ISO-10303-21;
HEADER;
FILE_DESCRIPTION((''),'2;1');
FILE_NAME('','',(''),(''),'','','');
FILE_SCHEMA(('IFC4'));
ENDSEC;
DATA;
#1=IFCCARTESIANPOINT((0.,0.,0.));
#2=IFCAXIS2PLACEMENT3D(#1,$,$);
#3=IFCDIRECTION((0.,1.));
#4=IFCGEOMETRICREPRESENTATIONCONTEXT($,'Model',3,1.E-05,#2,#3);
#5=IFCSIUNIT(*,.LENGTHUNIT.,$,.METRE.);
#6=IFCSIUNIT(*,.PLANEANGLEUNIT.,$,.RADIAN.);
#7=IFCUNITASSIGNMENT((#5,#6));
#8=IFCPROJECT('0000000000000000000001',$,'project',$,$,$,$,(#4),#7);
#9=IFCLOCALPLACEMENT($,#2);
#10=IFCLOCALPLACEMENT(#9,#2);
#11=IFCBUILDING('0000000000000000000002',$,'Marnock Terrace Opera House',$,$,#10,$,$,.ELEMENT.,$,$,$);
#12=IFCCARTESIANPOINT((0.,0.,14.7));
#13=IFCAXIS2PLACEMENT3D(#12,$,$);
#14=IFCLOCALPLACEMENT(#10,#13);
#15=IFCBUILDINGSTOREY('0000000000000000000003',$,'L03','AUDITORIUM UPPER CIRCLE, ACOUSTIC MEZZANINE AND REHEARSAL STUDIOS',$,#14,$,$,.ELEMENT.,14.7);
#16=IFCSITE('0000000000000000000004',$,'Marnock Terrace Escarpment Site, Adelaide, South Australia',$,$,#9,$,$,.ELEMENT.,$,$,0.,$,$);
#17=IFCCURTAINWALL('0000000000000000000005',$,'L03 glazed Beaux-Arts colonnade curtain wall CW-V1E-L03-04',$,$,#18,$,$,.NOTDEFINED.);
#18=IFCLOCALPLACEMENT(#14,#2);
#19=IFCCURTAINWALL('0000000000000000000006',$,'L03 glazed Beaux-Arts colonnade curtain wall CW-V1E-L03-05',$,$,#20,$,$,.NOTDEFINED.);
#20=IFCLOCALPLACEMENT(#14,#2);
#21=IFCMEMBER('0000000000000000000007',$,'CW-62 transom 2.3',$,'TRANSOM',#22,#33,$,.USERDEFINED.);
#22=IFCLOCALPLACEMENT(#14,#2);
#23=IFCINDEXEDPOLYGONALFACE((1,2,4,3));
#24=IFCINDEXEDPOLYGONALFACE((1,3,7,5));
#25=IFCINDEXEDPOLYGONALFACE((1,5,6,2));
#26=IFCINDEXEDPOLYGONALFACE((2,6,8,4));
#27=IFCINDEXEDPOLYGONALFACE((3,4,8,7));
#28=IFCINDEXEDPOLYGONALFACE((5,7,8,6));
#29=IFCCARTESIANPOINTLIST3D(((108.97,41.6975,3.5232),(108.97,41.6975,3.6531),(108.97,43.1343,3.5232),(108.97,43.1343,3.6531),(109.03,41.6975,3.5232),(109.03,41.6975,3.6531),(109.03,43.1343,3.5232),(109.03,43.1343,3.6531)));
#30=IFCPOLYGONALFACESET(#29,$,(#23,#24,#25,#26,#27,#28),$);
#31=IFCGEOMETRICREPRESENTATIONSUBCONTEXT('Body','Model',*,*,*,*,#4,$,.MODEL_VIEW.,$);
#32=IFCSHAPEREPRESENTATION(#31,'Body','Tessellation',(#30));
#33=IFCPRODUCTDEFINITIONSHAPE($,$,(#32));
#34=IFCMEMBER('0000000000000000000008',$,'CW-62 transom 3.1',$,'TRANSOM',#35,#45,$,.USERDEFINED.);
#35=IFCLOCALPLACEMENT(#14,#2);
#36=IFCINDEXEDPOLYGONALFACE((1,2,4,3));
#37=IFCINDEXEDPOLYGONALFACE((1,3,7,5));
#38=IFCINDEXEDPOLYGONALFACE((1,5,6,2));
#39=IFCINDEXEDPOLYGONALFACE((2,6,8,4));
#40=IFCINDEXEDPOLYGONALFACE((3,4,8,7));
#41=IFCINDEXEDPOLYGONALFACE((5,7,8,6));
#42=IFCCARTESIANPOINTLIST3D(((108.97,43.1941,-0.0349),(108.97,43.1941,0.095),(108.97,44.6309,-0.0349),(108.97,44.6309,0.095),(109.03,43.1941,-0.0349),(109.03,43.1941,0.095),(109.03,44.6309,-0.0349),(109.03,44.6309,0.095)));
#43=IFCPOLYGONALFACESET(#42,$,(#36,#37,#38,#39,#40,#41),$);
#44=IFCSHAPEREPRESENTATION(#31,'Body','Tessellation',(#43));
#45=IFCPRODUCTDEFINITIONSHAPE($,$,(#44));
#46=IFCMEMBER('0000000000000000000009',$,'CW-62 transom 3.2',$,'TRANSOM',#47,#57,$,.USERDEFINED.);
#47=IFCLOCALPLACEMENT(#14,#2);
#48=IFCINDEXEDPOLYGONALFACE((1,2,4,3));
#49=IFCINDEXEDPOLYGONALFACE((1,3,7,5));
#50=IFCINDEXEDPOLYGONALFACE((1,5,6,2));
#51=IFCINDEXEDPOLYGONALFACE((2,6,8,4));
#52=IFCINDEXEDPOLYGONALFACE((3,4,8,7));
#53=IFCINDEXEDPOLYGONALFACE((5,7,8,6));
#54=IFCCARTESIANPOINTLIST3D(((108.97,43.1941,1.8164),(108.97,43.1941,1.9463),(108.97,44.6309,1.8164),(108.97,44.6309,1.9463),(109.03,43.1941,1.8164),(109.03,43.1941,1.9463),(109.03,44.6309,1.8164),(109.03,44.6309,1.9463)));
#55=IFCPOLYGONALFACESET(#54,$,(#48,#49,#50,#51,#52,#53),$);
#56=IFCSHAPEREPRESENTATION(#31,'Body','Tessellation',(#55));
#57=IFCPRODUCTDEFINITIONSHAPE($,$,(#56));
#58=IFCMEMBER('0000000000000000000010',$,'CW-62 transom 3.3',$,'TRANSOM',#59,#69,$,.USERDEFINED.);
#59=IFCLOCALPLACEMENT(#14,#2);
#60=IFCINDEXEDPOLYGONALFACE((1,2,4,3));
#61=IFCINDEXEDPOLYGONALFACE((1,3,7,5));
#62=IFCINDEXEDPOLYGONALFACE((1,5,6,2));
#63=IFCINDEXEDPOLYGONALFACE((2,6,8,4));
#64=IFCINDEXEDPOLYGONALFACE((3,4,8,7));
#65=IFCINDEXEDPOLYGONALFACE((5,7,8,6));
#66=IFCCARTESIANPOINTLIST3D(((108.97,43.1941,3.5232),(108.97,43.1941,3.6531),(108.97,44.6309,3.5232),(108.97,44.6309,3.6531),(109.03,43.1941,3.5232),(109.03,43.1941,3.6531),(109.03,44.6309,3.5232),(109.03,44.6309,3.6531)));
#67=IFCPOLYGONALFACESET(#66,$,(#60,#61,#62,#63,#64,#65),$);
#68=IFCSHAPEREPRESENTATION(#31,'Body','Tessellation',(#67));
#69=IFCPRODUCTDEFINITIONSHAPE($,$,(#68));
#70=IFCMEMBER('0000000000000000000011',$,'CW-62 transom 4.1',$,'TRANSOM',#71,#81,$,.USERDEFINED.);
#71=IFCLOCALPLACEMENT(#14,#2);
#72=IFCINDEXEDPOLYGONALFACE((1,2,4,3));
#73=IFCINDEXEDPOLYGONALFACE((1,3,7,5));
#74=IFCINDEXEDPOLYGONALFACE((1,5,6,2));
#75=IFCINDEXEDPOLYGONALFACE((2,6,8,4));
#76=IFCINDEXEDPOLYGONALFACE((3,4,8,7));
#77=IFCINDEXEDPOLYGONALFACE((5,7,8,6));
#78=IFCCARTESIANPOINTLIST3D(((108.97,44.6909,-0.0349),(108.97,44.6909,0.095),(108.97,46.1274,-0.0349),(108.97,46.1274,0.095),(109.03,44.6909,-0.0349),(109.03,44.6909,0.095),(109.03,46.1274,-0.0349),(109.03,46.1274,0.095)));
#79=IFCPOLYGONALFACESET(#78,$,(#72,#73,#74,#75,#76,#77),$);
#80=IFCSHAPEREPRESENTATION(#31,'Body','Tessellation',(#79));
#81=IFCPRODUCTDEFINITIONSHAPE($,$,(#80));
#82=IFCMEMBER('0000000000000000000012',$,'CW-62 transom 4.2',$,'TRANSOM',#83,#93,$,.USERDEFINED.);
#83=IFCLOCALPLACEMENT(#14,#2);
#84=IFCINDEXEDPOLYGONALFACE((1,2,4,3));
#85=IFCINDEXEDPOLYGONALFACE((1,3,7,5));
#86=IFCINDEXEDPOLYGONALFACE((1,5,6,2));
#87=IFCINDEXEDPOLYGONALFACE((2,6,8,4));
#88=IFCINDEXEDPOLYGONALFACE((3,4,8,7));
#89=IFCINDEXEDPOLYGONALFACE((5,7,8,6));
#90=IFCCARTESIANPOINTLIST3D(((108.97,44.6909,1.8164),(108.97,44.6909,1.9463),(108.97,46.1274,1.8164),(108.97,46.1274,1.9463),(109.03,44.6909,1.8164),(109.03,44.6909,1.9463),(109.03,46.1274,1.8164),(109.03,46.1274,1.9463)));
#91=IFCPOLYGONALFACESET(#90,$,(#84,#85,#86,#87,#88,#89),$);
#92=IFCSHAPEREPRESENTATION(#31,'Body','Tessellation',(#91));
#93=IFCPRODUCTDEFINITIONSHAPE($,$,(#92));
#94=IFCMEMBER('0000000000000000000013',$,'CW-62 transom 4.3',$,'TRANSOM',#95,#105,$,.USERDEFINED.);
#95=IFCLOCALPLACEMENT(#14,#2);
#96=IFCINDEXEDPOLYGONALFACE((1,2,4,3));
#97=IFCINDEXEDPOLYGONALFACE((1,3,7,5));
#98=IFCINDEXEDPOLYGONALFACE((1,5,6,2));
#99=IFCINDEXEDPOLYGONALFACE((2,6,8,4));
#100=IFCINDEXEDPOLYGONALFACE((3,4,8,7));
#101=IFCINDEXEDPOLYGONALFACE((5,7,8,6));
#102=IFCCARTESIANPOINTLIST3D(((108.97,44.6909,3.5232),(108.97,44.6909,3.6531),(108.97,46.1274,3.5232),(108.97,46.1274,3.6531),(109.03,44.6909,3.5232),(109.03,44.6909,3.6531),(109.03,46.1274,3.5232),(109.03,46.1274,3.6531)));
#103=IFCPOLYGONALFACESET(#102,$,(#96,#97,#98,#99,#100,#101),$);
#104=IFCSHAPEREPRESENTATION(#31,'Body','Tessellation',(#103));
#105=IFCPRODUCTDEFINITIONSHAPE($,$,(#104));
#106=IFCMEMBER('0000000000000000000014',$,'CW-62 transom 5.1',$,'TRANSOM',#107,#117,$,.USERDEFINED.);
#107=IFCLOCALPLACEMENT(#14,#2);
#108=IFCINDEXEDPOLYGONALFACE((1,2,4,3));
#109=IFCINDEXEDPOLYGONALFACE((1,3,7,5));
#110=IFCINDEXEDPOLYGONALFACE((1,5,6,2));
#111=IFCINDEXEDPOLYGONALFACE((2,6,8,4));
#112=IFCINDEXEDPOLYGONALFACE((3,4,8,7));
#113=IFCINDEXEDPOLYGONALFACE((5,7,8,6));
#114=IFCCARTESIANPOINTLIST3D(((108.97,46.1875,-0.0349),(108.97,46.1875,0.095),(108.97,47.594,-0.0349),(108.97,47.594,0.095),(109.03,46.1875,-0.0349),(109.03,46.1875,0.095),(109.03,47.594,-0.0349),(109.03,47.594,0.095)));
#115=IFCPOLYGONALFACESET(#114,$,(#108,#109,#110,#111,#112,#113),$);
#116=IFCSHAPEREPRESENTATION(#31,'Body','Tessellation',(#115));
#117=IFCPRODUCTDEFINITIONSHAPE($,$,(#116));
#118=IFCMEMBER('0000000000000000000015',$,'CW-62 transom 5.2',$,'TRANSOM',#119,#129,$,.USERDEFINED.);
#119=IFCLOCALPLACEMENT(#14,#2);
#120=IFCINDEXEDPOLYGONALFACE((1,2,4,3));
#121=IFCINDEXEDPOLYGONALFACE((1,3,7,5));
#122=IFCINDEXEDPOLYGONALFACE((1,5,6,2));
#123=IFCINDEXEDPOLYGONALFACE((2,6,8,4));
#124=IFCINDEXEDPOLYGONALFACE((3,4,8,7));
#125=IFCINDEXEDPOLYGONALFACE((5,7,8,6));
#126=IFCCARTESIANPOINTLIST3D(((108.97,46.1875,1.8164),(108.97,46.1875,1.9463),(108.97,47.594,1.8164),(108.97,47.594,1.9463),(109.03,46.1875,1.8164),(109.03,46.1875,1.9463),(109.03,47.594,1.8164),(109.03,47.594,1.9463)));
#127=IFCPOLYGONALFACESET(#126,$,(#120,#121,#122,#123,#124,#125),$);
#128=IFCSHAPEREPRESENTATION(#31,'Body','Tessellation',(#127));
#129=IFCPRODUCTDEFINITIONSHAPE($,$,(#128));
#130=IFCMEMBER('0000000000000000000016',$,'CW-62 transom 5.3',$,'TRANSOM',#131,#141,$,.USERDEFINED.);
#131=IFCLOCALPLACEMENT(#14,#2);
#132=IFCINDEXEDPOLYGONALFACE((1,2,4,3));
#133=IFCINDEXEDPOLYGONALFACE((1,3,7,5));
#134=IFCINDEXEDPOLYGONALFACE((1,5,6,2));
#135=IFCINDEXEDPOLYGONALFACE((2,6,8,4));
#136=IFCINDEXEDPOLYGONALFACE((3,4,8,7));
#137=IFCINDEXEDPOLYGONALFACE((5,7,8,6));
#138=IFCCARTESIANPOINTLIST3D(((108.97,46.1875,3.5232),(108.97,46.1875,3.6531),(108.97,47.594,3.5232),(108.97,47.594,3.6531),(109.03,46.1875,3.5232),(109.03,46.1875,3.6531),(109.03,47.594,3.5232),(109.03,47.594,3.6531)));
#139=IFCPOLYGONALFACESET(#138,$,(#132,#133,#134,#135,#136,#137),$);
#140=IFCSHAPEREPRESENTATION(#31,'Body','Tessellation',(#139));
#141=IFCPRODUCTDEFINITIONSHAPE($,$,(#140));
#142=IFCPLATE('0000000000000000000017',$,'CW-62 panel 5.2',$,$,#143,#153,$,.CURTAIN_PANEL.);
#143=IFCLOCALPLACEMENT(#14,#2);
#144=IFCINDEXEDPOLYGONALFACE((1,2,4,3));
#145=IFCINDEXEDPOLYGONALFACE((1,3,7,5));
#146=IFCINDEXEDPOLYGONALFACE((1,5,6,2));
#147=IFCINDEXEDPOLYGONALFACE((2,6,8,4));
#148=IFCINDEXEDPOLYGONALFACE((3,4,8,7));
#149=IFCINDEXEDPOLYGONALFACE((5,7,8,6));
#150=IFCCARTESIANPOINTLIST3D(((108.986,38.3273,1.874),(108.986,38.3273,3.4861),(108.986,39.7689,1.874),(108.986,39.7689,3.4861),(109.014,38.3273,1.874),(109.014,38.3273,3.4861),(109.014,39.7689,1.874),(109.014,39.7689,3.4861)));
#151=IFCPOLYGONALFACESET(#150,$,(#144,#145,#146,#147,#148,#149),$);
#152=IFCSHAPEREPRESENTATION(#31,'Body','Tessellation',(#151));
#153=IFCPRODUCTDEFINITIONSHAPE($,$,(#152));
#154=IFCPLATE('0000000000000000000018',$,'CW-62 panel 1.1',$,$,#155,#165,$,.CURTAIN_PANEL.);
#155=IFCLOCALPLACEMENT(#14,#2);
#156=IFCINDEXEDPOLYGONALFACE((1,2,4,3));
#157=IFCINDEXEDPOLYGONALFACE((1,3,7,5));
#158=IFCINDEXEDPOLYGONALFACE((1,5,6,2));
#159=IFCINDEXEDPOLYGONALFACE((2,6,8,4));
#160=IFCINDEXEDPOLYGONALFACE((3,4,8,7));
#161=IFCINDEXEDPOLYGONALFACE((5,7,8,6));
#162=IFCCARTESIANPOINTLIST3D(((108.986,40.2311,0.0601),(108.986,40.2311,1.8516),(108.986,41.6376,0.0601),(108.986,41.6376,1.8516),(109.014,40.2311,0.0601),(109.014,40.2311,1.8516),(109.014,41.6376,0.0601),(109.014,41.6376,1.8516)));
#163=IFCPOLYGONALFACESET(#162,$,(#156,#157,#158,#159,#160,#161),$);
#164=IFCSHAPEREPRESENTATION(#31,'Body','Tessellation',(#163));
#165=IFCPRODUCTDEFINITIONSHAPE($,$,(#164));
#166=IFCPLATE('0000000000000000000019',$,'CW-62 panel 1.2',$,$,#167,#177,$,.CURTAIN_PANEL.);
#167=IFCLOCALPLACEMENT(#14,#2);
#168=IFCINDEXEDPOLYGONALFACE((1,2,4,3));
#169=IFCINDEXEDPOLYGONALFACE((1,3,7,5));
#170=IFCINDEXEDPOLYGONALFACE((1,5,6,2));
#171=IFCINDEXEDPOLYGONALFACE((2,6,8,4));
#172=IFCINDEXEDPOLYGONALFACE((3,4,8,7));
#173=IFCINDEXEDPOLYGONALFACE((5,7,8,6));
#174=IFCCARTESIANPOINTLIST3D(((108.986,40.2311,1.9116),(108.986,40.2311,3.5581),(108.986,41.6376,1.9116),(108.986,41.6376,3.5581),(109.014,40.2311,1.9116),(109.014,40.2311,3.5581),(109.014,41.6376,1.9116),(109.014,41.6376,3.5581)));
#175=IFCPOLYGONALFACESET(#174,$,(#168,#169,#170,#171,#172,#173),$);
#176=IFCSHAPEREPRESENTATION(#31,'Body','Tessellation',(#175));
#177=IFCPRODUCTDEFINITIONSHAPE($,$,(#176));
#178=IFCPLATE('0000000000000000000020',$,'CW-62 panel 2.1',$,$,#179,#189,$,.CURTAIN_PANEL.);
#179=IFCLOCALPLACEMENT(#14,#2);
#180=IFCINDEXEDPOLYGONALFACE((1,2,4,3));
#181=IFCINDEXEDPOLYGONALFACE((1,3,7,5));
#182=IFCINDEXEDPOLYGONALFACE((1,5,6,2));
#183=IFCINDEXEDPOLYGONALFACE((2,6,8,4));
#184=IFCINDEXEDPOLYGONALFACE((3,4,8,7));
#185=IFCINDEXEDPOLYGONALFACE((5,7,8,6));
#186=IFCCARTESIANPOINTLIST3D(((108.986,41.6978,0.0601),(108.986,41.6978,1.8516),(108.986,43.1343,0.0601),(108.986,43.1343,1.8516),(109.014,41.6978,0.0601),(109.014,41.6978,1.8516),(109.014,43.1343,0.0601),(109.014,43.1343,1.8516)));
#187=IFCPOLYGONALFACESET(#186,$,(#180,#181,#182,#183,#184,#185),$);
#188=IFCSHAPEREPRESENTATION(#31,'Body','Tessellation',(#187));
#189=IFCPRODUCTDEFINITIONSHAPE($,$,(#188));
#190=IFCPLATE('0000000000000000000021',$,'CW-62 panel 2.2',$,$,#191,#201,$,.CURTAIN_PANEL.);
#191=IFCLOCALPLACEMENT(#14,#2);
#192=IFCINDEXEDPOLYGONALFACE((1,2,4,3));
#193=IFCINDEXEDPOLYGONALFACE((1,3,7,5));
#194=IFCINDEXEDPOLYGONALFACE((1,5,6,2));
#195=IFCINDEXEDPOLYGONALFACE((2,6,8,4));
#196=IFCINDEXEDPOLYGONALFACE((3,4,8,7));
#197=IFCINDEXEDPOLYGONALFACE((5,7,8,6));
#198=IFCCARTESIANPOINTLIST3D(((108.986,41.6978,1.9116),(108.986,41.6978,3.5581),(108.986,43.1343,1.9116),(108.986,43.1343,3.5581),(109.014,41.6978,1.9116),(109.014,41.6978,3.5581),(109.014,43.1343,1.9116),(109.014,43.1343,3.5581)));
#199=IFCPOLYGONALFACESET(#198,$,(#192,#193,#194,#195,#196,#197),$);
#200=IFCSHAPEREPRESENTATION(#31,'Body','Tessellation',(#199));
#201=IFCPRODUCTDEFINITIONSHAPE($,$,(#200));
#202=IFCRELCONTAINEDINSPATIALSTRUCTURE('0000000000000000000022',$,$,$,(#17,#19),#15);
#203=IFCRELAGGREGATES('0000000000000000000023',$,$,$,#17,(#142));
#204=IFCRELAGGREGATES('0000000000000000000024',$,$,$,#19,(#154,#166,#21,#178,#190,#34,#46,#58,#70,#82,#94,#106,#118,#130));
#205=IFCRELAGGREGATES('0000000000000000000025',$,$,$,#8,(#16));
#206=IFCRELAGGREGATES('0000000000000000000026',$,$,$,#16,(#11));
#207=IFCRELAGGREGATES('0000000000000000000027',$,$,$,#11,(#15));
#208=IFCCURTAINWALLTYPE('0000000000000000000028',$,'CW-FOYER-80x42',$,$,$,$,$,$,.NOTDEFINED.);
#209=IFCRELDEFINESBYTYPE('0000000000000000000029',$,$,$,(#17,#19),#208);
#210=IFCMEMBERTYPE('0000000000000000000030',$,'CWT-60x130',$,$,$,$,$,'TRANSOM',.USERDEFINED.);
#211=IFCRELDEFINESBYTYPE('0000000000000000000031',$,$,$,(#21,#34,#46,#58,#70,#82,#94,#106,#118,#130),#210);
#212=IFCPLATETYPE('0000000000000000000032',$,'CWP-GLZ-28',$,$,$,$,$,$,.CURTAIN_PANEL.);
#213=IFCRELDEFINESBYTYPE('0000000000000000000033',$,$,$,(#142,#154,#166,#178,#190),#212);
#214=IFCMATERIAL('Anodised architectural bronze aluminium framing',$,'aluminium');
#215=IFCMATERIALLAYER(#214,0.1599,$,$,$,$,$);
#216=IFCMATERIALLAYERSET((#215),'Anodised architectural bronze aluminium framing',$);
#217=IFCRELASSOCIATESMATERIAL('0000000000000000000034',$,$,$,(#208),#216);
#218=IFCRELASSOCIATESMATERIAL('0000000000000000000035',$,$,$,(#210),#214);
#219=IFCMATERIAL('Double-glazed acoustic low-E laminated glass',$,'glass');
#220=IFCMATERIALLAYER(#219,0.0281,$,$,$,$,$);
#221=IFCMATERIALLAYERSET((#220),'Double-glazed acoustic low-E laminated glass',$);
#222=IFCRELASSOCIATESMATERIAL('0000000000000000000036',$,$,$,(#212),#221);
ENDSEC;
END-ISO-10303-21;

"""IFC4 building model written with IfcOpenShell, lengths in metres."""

from ifc_helpers import new_model, si_unit, direction, frame, origin, origin_2d, place, context, subcontext, project, spatial, rectangle, extrude, material, layer, layer_set, material_profile, profile_set, type_object, element, aggregate, save


model = new_model("IFC4")

# Units and contexts
model_context = context("Model", 3, precision=1e-05, world=origin(), true_north=direction((0.0, 1.0)))
body_context = subcontext(model_context, "Body", "Model", "MODEL_VIEW")
ifc_project = project(units=[si_unit("LENGTHUNIT", "METRE"), si_unit("PLANEANGLEUNIT", "RADIAN")], contexts=[model_context])

# Site, building, storey
site_placement = place(None, origin())
site = spatial("IfcSite", under=ifc_project, at=site_placement, Name="Marnock Terrace Escarpment Site, Adelaide, South Australia", CompositionType="ELEMENT", RefElevation=0.0)
building_placement = place(site_placement, origin())
building = spatial("IfcBuilding", under=site, at=building_placement, Name="Marnock Terrace Opera House", CompositionType="ELEMENT")
storey_placement = place(building_placement, frame((0.0, 0.0, 14.7)))
storey = spatial("IfcBuildingStorey", under=building, at=storey_placement, Name="L03", Description="AUDITORIUM UPPER CIRCLE, ACOUSTIC MEZZANINE AND REHEARSAL STUDIOS", CompositionType="ELEMENT", Elevation=14.7)

# Curtain wall
ifc_material_1 = material(Name="Anodised architectural bronze aluminium framing", Category="aluminium")
ifc_layer_1 = layer(ifc_material_1, 0.1599)
ifc_layer_set_1 = layer_set([ifc_layer_1], Name="Anodised architectural bronze aluminium framing")
curtain_wall_type = type_object("IfcCurtainWallType", Name="CW-FOYER-80x42", PredefinedType="NOTDEFINED", material=ifc_layer_set_1)
curtain_wall_1_placement = place(storey_placement, origin())
curtain_wall_1 = element("IfcCurtainWall", 1, at=curtain_wall_1_placement, inside=storey, type_object=curtain_wall_type, Name="L03 glazed Beaux-Arts colonnade curtain wall CW-V1E-L03-04", PredefinedType="NOTDEFINED")

# Curtain wall, members
curtain_wall_2_placement = place(storey_placement, origin())
curtain_wall_2 = element("IfcCurtainWall", 2, at=curtain_wall_2_placement, inside=storey, type_object=curtain_wall_type, Name="L03 glazed Beaux-Arts colonnade curtain wall CW-V1E-L03-05", PredefinedType="NOTDEFINED")
ifc_material_profile_1 = material_profile(ifc_material_1, rectangle(XDim=0.0601, YDim=0.1299, at=origin_2d()))
ifc_profile_set_1 = profile_set([ifc_material_profile_1], Name="Anodised architectural bronze aluminium framing")
member_type_1 = type_object("IfcMemberType", Name="CWT-60x130", ElementType="TRANSOM", PredefinedType="USERDEFINED", material=ifc_profile_set_1)
member_1_placement = place(storey_placement, frame((109.0, 41.6975, 3.5881), z_axis=(0.0, 1.0, 0.0), x_axis=(-1.0, 0.0, 0.0)))
member_1 = element("IfcMember", 3, at=member_1_placement, type_object=member_type_1, Name="CW-62 transom 2.3", ObjectType="TRANSOM", PredefinedType="USERDEFINED", context=body_context, shape_type="SweptSolid", body=[
    extrude(rectangle(XDim=0.0601, YDim=0.1299, at=origin_2d()), origin(), (0.0, 0.0, 1.0), 1.4368),
])
member_2_placement = place(storey_placement, frame((109.0, 43.1941, 0.03), z_axis=(0.0, 1.0, 0.0), x_axis=(-1.0, 0.0, 0.0)))
member_2 = element("IfcMember", 4, at=member_2_placement, type_object=member_type_1, Name="CW-62 transom 3.1", ObjectType="TRANSOM", PredefinedType="USERDEFINED", context=body_context, shape_type="SweptSolid", body=[
    extrude(rectangle(XDim=0.0601, YDim=0.1299, at=origin_2d()), origin(), (0.0, 0.0, 1.0), 1.4368),
])
member_3_placement = place(storey_placement, frame((109.0, 43.1941, 1.8813), z_axis=(0.0, 1.0, 0.0), x_axis=(-1.0, 0.0, 0.0)))
member_3 = element("IfcMember", 5, at=member_3_placement, type_object=member_type_1, Name="CW-62 transom 3.2", ObjectType="TRANSOM", PredefinedType="USERDEFINED", context=body_context, shape_type="SweptSolid", body=[
    extrude(rectangle(XDim=0.0601, YDim=0.1299, at=origin_2d()), origin(), (0.0, 0.0, 1.0), 1.4368),
])
member_4_placement = place(storey_placement, frame((109.0, 43.1941, 3.5881), z_axis=(0.0, 1.0, 0.0), x_axis=(-1.0, 0.0, 0.0)))
member_4 = element("IfcMember", 6, at=member_4_placement, type_object=member_type_1, Name="CW-62 transom 3.3", ObjectType="TRANSOM", PredefinedType="USERDEFINED", context=body_context, shape_type="SweptSolid", body=[
    extrude(rectangle(XDim=0.0601, YDim=0.1299, at=origin_2d()), origin(), (0.0, 0.0, 1.0), 1.4368),
])
member_5_placement = place(storey_placement, frame((109.0, 44.6909, 0.03), z_axis=(0.0, 1.0, 0.0), x_axis=(-1.0, 0.0, 0.0)))
member_5 = element("IfcMember", 7, at=member_5_placement, type_object=member_type_1, Name="CW-62 transom 4.1", ObjectType="TRANSOM", PredefinedType="USERDEFINED", context=body_context, shape_type="SweptSolid", body=[
    extrude(rectangle(XDim=0.0601, YDim=0.1299, at=origin_2d()), origin(), (0.0, 0.0, 1.0), 1.4365),
])
member_6_placement = place(storey_placement, frame((109.0, 44.6909, 1.8813), z_axis=(0.0, 1.0, 0.0), x_axis=(-1.0, 0.0, 0.0)))
member_6 = element("IfcMember", 8, at=member_6_placement, type_object=member_type_1, Name="CW-62 transom 4.2", ObjectType="TRANSOM", PredefinedType="USERDEFINED", context=body_context, shape_type="SweptSolid", body=[
    extrude(rectangle(XDim=0.0601, YDim=0.1299, at=origin_2d()), origin(), (0.0, 0.0, 1.0), 1.4365),
])
member_7_placement = place(storey_placement, frame((109.0, 44.6909, 3.5881), z_axis=(0.0, 1.0, 0.0), x_axis=(-1.0, 0.0, 0.0)))
member_7 = element("IfcMember", 9, at=member_7_placement, type_object=member_type_1, Name="CW-62 transom 4.3", ObjectType="TRANSOM", PredefinedType="USERDEFINED", context=body_context, shape_type="SweptSolid", body=[
    extrude(rectangle(XDim=0.0601, YDim=0.1299, at=origin_2d()), origin(), (0.0, 0.0, 1.0), 1.4365),
])
member_8_placement = place(storey_placement, frame((109.0, 46.1875, 0.03), z_axis=(0.0, 1.0, 0.0), x_axis=(-1.0, 0.0, 0.0)))
member_8 = element("IfcMember", 10, at=member_8_placement, type_object=member_type_1, Name="CW-62 transom 5.1", ObjectType="TRANSOM", PredefinedType="USERDEFINED", context=body_context, shape_type="SweptSolid", body=[
    extrude(rectangle(XDim=0.0601, YDim=0.1299, at=origin_2d()), origin(), (0.0, 0.0, 1.0), 1.4065),
])
member_9_placement = place(storey_placement, frame((109.0, 46.1875, 1.8813), z_axis=(0.0, 1.0, 0.0), x_axis=(-1.0, 0.0, 0.0)))
member_9 = element("IfcMember", 11, at=member_9_placement, type_object=member_type_1, Name="CW-62 transom 5.2", ObjectType="TRANSOM", PredefinedType="USERDEFINED", context=body_context, shape_type="SweptSolid", body=[
    extrude(rectangle(XDim=0.0601, YDim=0.1299, at=origin_2d()), origin(), (0.0, 0.0, 1.0), 1.4065),
])
member_10_placement = place(storey_placement, frame((109.0, 46.1875, 3.5881), z_axis=(0.0, 1.0, 0.0), x_axis=(-1.0, 0.0, 0.0)))
member_10 = element("IfcMember", 12, at=member_10_placement, type_object=member_type_1, Name="CW-62 transom 5.3", ObjectType="TRANSOM", PredefinedType="USERDEFINED", context=body_context, shape_type="SweptSolid", body=[
    extrude(rectangle(XDim=0.0601, YDim=0.1299, at=origin_2d()), origin(), (0.0, 0.0, 1.0), 1.4065),
])

# Plates
ifc_material_2 = material(Name="Double-glazed acoustic low-E laminated glass", Category="glass")
ifc_layer_2 = layer(ifc_material_2, 0.0281)
ifc_layer_set_2 = layer_set([ifc_layer_2], Name="Double-glazed acoustic low-E laminated glass")
plate_type = type_object("IfcPlateType", Name="CWP-GLZ-28", PredefinedType="CURTAIN_PANEL", material=ifc_layer_set_2)
plate_1_placement = place(storey_placement, frame((109.0, 39.0481, 1.874), z_axis=(0.0, 0.0, 1.0), x_axis=(0.0, 1.0, 0.0)))
plate_1 = element("IfcPlate", 13, at=plate_1_placement, type_object=plate_type, Name="CW-62 panel 5.2", PredefinedType="CURTAIN_PANEL", context=body_context, shape_type="SweptSolid", body=[
    extrude(rectangle(XDim=1.4417, YDim=0.0281, at=origin_2d()), origin(), (0.0, 0.0, 1.0), 1.6121),
])
aggregate(curtain_wall_1, [plate_1])
plate_2_placement = place(storey_placement, frame((109.0, 40.9343, 0.0601), z_axis=(0.0, 0.0, 1.0), x_axis=(0.0, 1.0, 0.0)))
plate_2 = element("IfcPlate", 14, at=plate_2_placement, type_object=plate_type, Name="CW-62 panel 1.1", PredefinedType="CURTAIN_PANEL", context=body_context, shape_type="SweptSolid", body=[
    extrude(rectangle(XDim=1.4065, YDim=0.0281, at=origin_2d()), origin(), (0.0, 0.0, 1.0), 1.7915),
])
plate_3_placement = place(storey_placement, frame((109.0, 40.9343, 1.9116), z_axis=(0.0, 0.0, 1.0), x_axis=(0.0, 1.0, 0.0)))
plate_3 = element("IfcPlate", 15, at=plate_3_placement, type_object=plate_type, Name="CW-62 panel 1.2", PredefinedType="CURTAIN_PANEL", context=body_context, shape_type="SweptSolid", body=[
    extrude(rectangle(XDim=1.4065, YDim=0.0281, at=origin_2d()), origin(), (0.0, 0.0, 1.0), 1.6465),
])
plate_4_placement = place(storey_placement, frame((109.0, 42.416, 0.0601), z_axis=(0.0, 0.0, 1.0), x_axis=(0.0, 1.0, 0.0)))
plate_4 = element("IfcPlate", 16, at=plate_4_placement, type_object=plate_type, Name="CW-62 panel 2.1", PredefinedType="CURTAIN_PANEL", context=body_context, shape_type="SweptSolid", body=[
    extrude(rectangle(XDim=1.4365, YDim=0.0281, at=origin_2d()), origin(), (0.0, 0.0, 1.0), 1.7915),
])
plate_5_placement = place(storey_placement, frame((109.0, 42.416, 1.9116), z_axis=(0.0, 0.0, 1.0), x_axis=(0.0, 1.0, 0.0)))
plate_5 = element("IfcPlate", 17, at=plate_5_placement, type_object=plate_type, Name="CW-62 panel 2.2", PredefinedType="CURTAIN_PANEL", context=body_context, shape_type="SweptSolid", body=[
    extrude(rectangle(XDim=1.4365, YDim=0.0281, at=origin_2d()), origin(), (0.0, 0.0, 1.0), 1.6465),
])
aggregate(curtain_wall_2, [plate_2, plate_3, member_1, plate_4, plate_5, member_2, member_3, member_4, member_5, member_6, member_7, member_8, member_9, member_10])

save(model, "model.ifc")
